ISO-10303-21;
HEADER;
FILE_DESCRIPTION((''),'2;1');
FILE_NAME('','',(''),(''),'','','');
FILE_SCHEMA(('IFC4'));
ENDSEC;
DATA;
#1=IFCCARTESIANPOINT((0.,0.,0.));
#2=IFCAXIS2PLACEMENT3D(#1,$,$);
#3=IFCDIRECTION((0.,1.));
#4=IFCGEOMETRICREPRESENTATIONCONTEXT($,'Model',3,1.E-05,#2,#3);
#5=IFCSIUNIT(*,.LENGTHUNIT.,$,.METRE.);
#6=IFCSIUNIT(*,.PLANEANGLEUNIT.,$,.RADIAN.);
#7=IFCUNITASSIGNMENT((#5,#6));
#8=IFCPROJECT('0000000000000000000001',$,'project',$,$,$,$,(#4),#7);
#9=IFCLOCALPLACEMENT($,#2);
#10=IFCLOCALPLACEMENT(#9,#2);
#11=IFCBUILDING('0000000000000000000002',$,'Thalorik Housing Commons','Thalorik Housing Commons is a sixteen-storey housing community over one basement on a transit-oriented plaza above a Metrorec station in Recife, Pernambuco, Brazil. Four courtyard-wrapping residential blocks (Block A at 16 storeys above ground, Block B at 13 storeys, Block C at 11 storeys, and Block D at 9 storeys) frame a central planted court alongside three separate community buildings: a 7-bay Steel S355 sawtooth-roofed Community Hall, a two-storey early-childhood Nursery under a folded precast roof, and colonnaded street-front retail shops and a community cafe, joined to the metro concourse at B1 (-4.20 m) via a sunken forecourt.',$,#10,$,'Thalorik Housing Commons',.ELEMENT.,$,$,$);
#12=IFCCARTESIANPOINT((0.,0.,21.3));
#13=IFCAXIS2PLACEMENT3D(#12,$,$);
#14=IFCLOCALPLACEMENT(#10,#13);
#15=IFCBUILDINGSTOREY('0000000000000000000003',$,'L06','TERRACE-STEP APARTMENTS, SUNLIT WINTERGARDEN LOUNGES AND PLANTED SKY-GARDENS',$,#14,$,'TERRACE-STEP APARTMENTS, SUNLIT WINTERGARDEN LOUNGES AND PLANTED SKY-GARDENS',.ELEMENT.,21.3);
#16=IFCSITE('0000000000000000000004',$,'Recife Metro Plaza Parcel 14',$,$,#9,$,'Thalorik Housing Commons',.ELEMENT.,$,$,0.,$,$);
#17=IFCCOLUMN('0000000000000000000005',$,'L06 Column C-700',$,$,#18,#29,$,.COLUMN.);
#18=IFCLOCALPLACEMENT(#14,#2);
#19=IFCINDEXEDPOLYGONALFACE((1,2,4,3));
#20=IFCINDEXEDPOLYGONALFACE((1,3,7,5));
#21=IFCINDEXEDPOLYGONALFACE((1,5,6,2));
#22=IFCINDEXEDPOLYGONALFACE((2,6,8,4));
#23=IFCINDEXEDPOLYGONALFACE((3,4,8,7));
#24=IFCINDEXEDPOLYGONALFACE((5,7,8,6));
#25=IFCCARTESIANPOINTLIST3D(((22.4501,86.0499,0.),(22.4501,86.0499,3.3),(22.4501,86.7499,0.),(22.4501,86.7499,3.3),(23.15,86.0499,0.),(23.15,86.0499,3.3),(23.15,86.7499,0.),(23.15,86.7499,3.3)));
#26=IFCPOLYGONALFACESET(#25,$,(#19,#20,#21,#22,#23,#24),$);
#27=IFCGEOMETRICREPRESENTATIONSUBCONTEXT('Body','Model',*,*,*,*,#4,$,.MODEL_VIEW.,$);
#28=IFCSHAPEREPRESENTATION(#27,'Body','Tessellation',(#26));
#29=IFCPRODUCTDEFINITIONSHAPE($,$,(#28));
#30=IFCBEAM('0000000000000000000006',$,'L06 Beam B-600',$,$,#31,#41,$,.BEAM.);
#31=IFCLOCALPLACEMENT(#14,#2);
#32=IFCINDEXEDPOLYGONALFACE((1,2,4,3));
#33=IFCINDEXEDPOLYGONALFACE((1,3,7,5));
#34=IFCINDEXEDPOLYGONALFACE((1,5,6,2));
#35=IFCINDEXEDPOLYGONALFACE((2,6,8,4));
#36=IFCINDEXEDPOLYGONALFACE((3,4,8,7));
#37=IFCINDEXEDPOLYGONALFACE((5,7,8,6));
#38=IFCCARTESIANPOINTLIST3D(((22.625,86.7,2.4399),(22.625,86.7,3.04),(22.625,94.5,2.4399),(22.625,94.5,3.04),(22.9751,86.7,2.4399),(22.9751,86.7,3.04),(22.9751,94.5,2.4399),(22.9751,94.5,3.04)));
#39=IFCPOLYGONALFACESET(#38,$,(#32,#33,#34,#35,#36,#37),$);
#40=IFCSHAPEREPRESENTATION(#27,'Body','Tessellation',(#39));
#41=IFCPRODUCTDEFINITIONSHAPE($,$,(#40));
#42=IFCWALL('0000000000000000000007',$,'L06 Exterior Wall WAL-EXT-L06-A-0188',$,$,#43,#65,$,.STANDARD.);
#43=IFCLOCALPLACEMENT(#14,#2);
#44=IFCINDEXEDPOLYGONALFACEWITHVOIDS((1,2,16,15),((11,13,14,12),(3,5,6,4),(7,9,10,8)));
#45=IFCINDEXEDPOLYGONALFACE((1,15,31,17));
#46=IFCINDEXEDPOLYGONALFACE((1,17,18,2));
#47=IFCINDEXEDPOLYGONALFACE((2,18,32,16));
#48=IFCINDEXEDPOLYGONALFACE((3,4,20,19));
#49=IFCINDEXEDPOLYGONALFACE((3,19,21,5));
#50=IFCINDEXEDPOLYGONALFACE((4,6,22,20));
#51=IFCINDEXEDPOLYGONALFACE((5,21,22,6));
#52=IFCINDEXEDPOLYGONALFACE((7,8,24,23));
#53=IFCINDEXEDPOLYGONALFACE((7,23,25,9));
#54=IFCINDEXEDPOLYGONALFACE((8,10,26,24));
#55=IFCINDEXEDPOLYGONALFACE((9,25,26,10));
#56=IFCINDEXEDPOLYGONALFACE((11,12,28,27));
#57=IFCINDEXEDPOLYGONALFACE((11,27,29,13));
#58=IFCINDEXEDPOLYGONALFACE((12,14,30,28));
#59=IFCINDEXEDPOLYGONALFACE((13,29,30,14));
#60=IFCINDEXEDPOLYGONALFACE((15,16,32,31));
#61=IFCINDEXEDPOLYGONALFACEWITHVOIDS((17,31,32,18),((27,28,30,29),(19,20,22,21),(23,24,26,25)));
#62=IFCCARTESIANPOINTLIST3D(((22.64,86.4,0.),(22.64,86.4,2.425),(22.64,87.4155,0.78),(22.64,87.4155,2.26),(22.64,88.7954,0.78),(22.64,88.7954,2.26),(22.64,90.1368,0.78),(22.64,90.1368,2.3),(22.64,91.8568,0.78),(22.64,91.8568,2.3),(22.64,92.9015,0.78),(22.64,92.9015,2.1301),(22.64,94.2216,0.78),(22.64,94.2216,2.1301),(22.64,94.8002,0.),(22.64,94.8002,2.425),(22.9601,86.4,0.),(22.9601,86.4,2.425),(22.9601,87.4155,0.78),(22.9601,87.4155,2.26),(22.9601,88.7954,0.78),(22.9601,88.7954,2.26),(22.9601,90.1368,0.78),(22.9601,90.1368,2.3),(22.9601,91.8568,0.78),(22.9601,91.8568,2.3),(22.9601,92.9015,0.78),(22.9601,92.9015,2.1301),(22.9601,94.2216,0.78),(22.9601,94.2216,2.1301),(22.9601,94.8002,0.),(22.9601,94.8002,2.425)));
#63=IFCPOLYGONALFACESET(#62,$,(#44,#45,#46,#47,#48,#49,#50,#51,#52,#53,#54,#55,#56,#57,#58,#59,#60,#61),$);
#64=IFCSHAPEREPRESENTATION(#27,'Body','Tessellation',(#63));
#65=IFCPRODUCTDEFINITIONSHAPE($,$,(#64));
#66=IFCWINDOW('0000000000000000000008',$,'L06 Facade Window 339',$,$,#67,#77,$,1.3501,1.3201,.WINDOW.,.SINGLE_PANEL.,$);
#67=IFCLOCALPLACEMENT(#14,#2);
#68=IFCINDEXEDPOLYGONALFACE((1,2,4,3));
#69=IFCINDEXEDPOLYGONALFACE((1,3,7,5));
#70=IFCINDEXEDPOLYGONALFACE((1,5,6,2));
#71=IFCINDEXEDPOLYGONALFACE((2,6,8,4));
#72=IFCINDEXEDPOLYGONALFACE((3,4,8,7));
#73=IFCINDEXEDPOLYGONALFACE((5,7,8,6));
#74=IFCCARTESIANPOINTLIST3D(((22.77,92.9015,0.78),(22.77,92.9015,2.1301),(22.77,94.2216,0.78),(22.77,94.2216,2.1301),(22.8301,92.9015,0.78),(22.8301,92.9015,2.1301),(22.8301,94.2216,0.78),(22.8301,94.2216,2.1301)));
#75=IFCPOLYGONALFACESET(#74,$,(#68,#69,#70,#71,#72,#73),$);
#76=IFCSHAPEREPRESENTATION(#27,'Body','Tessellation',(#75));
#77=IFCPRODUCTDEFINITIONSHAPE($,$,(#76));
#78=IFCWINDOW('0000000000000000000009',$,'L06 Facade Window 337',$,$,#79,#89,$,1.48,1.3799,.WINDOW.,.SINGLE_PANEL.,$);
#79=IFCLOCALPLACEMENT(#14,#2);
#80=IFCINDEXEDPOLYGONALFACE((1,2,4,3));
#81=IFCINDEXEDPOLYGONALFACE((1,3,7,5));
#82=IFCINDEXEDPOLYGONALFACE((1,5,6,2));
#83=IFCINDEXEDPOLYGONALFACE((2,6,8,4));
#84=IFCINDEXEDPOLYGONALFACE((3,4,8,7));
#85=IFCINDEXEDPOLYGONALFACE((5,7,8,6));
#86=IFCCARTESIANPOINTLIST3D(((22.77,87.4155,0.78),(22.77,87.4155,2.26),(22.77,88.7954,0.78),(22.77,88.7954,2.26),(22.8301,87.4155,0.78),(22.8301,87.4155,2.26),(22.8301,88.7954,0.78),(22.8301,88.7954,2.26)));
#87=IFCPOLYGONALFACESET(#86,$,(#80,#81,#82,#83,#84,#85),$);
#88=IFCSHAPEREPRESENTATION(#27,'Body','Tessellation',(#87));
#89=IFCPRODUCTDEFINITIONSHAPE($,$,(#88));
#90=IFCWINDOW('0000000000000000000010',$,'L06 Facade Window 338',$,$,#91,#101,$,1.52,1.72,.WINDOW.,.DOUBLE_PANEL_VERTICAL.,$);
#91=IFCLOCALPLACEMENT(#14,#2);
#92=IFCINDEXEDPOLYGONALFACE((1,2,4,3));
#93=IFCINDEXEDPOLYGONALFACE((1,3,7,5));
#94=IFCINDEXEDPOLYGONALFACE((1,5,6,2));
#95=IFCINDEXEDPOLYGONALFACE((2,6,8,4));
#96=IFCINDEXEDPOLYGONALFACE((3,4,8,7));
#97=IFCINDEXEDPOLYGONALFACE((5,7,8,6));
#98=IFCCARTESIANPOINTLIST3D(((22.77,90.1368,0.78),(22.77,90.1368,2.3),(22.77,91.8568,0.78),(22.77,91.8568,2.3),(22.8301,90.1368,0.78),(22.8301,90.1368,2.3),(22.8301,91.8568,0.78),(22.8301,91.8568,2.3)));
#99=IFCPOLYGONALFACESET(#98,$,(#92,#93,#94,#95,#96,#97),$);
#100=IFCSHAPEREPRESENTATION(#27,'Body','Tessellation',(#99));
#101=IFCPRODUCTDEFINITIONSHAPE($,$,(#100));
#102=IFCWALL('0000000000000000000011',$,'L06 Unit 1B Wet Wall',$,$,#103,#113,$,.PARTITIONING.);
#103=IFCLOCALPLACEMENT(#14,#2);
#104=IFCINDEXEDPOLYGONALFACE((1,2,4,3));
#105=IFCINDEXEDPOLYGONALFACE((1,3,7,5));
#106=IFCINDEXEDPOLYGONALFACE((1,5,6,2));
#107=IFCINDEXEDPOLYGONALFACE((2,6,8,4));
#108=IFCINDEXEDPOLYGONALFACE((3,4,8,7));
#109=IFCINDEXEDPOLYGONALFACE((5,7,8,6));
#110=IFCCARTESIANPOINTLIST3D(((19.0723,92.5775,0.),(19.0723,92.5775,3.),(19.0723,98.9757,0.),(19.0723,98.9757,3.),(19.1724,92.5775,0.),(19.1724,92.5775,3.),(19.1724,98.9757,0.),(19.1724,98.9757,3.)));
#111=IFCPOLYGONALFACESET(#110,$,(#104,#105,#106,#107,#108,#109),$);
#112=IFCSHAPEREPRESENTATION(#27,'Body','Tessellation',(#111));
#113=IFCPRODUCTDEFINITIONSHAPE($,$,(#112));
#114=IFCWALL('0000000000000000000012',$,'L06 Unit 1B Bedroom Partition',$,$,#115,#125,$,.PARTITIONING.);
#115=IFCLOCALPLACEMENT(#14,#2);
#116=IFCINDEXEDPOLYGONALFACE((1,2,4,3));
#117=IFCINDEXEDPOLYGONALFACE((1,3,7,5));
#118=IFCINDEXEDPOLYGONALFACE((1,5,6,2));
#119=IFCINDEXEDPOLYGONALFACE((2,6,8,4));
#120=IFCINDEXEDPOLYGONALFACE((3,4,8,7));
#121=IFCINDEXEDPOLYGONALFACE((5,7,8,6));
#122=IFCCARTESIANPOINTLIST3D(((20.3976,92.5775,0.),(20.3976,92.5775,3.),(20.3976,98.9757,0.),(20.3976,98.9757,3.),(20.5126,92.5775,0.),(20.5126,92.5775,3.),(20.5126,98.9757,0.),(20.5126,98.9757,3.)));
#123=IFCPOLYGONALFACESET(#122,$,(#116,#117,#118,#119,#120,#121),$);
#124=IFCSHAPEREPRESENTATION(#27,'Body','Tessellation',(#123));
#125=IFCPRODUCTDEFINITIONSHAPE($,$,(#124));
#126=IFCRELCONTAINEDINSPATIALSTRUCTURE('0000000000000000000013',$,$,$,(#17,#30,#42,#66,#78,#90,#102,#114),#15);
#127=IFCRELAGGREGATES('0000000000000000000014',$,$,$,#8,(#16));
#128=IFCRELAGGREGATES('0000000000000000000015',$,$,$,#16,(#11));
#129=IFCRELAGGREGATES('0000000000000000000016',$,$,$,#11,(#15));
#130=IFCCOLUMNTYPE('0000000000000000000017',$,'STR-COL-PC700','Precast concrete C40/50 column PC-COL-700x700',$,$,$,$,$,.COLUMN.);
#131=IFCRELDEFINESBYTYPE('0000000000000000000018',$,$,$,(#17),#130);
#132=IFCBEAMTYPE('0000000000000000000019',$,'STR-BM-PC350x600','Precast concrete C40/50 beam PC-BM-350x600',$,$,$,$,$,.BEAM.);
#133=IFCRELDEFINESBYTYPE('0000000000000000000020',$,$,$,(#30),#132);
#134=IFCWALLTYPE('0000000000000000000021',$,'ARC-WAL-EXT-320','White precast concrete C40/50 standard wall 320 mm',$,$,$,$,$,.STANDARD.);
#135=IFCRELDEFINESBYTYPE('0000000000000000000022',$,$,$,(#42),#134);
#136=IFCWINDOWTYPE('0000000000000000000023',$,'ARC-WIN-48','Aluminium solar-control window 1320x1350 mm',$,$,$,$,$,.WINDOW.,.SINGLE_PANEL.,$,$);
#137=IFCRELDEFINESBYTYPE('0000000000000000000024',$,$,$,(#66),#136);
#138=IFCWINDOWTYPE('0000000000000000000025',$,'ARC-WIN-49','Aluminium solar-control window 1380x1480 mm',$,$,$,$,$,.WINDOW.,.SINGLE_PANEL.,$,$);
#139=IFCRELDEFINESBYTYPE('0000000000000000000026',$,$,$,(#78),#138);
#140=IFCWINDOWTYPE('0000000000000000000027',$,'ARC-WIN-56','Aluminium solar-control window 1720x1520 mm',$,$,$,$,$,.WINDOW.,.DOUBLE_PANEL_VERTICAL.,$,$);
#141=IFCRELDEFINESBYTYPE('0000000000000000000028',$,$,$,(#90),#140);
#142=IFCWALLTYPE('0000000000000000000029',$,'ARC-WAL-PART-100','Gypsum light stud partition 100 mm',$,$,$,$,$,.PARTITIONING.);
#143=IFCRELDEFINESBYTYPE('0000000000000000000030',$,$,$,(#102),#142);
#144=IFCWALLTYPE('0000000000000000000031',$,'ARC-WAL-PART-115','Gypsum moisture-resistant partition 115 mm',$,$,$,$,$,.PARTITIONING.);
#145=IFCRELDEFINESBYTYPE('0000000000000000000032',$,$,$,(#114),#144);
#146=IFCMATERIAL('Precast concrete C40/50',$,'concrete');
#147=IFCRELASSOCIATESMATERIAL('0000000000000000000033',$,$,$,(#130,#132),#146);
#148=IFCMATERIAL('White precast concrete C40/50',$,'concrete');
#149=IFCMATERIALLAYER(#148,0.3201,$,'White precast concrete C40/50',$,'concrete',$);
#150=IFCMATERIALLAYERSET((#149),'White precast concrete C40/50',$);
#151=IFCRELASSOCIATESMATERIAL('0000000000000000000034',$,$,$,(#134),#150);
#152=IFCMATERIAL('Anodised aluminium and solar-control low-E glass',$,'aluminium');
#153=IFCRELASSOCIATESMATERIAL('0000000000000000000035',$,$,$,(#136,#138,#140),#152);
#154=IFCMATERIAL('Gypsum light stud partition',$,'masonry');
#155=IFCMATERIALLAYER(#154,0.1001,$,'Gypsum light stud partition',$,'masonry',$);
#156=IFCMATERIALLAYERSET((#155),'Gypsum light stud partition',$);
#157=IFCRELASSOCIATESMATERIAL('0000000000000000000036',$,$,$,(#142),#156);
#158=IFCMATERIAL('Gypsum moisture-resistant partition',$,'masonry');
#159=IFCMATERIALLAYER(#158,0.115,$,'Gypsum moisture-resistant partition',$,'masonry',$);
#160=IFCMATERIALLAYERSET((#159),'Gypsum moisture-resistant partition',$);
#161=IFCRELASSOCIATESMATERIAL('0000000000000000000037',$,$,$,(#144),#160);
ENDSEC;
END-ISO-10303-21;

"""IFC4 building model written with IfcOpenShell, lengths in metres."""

from ifc_helpers import new_model, si_unit, direction, frame, frame_2d, origin, origin_2d, place, context, subcontext, project, spatial, rectangle, extrude, material, layer, layer_set, material_profile, profile_set, type_object, element, fill, save


model = new_model("IFC4")

# Units and contexts
model_context = context("Model", 3, precision=1e-05, world=origin(), true_north=direction((0.0, 1.0)))
body_context = subcontext(model_context, "Body", "Model", "MODEL_VIEW")
ifc_project = project(units=[si_unit("LENGTHUNIT", "METRE"), si_unit("PLANEANGLEUNIT", "RADIAN")], contexts=[model_context])

# Site, building, storey
site_placement = place(None, origin())
site = spatial("IfcSite", under=ifc_project, at=site_placement, Name="Recife Metro Plaza Parcel 14", LongName="Thalorik Housing Commons", CompositionType="ELEMENT", RefElevation=0.0)
building_placement = place(site_placement, origin())
building = spatial("IfcBuilding", under=site, at=building_placement, Name="Thalorik Housing Commons", Description="Thalorik Housing Commons is a sixteen-storey housing community over one basement on a transit-oriented plaza above a Metrorec station in Recife, Pernambuco, Brazil. Four courtyard-wrapping residential blocks (Block A at 16 storeys above ground, Block B at 13 storeys, Block C at 11 storeys, and Block D at 9 storeys) frame a central planted court alongside three separate community buildings: a 7-bay Steel S355 sawtooth-roofed Community Hall, a two-storey early-childhood Nursery under a folded precast roof, and colonnaded street-front retail shops and a community cafe, joined to the metro concourse at B1 (-4.20 m) via a sunken forecourt.", LongName="Thalorik Housing Commons", CompositionType="ELEMENT")
storey_placement = place(building_placement, frame((0.0, 0.0, 21.3)))
storey = spatial("IfcBuildingStorey", under=building, at=storey_placement, Name="L06", Description="TERRACE-STEP APARTMENTS, SUNLIT WINTERGARDEN LOUNGES AND PLANTED SKY-GARDENS", LongName="TERRACE-STEP APARTMENTS, SUNLIT WINTERGARDEN LOUNGES AND PLANTED SKY-GARDENS", CompositionType="ELEMENT", Elevation=21.3)

# Column
ifc_material_1 = material(Name="Precast concrete C40/50", Category="concrete")
ifc_material_profile_1 = material_profile(ifc_material_1, rectangle(XDim=0.7, YDim=0.7, at=origin_2d()), Name="PC 700x700", Category="concrete")
ifc_profile_set_1 = profile_set([ifc_material_profile_1], Name="Precast concrete C40/50")
column_type = type_object("IfcColumnType", Name="STR-COL-PC700", Description="Precast concrete C40/50 column PC-COL-700x700", PredefinedType="COLUMN", material=ifc_profile_set_1)
column_placement = place(storey_placement, frame((22.8, 86.3999, 0.0), z_axis=(0.0, 0.0, 1.0), x_axis=(1.0, 0.0, 0.0)))
element("IfcColumn", 1, at=column_placement, inside=storey, type_object=column_type, Name="L06 Column C-700", PredefinedType="COLUMN", context=body_context, shape_type="SweptSolid", body=[
    extrude(rectangle(XDim=0.7, YDim=0.7, at=origin_2d()), origin(), (0.0, 0.0, 1.0), 3.3),
])

# Beam
ifc_material_profile_2 = material_profile(ifc_material_1, rectangle(XDim=0.3501, YDim=0.6001, at=origin_2d()), Name="PC 350x600", Category="concrete")
ifc_profile_set_2 = profile_set([ifc_material_profile_2], Name="Precast concrete C40/50")
beam_type = type_object("IfcBeamType", Name="STR-BM-PC350x600", Description="Precast concrete C40/50 beam PC-BM-350x600", PredefinedType="BEAM", material=ifc_profile_set_2)
beam_placement = place(storey_placement, frame((22.8, 86.7, 2.74), z_axis=(0.0, 1.0, 0.0), x_axis=(-1.0, 0.0, 0.0)))
element("IfcBeam", 2, at=beam_placement, inside=storey, type_object=beam_type, Name="L06 Beam B-600", PredefinedType="BEAM", context=body_context, shape_type="SweptSolid", body=[
    extrude(rectangle(XDim=0.3501, YDim=0.6001, at=origin_2d()), origin(), (0.0, 0.0, 1.0), 7.8),
])

# Wall, openings, windows
ifc_material_2 = material(Name="White precast concrete C40/50", Category="concrete")
ifc_layer_1 = layer(ifc_material_2, 0.3201, Name="White precast concrete C40/50", Category="concrete")
ifc_layer_set_1 = layer_set([ifc_layer_1], Name="White precast concrete C40/50")
wall_type_1 = type_object("IfcWallType", Name="ARC-WAL-EXT-320", Description="White precast concrete C40/50 standard wall 320 mm", PredefinedType="STANDARD", material=ifc_layer_set_1)
wall_1_placement = place(storey_placement, frame((22.8, 86.3999, 0.0), z_axis=(0.0, 0.0, 1.0), x_axis=(0.0, 1.0, 0.0)))
wall_1 = element("IfcWall", 3, at=wall_1_placement, inside=storey, type_object=wall_type_1, Name="L06 Exterior Wall WAL-EXT-L06-A-0188", PredefinedType="STANDARD", context=body_context, shape_type="SweptSolid", body=[
    extrude(rectangle(XDim=8.4001, YDim=0.3201, at=frame_2d((4.2002, 0.0))), origin(), (0.0, 0.0, 1.0), 2.425),
])
opening_1_placement = place(wall_1_placement, frame((1.0156, 0.0, 0.78)))
opening_1 = element("IfcOpeningElement", 4, at=opening_1_placement, cuts=wall_1, PredefinedType="OPENING", context=body_context, shape_type="SweptSolid", body=[
    extrude(rectangle(XDim=1.3799, YDim=1.48, at=frame_2d((0.6899, 0.74))), frame((0.0, 0.1699, 0.0), z_axis=(0.0, -1.0, 0.0), x_axis=(1.0, 0.0, 0.0)), (0.0, 0.0, 1.0), 0.3401),
])
opening_2_placement = place(wall_1_placement, frame((3.7371, 0.0, 0.78)))
opening_2 = element("IfcOpeningElement", 5, at=opening_2_placement, cuts=wall_1, PredefinedType="OPENING", context=body_context, shape_type="SweptSolid", body=[
    extrude(rectangle(XDim=1.72, YDim=1.52, at=frame_2d((0.8599, 0.76))), frame((0.0, 0.1699, 0.0), z_axis=(0.0, -1.0, 0.0), x_axis=(1.0, 0.0, 0.0)), (0.0, 0.0, 1.0), 0.3401),
])
opening_3_placement = place(wall_1_placement, frame((6.5015, 0.0, 0.78)))
opening_3 = element("IfcOpeningElement", 6, at=opening_3_placement, cuts=wall_1, PredefinedType="OPENING", context=body_context, shape_type="SweptSolid", body=[
    extrude(rectangle(XDim=1.3201, YDim=1.3501, at=frame_2d((0.6602, 0.675))), frame((0.0, 0.1699, 0.0), z_axis=(0.0, -1.0, 0.0), x_axis=(1.0, 0.0, 0.0)), (0.0, 0.0, 1.0), 0.3401),
])
ifc_material_3 = material(Name="Anodised aluminium and solar-control low-E glass", Category="aluminium")
window_type_1 = type_object("IfcWindowType", Name="ARC-WIN-48", Description="Aluminium solar-control window 1320x1350 mm", PartitioningType="SINGLE_PANEL", PredefinedType="WINDOW", material=ifc_material_3)
window_1_placement = place(opening_3_placement, origin())
window_1 = element("IfcWindow", 7, at=window_1_placement, inside=storey, type_object=window_type_1, Name="L06 Facade Window 339", OverallHeight=1.3501, OverallWidth=1.3201, PartitioningType="SINGLE_PANEL", PredefinedType="WINDOW", context=body_context, shape_type="SweptSolid", body=[
    extrude(rectangle(XDim=1.3201, YDim=1.3501, at=frame_2d((0.6602, 0.675))), frame((0.0, 0.03, 0.0), z_axis=(0.0, -1.0, 0.0), x_axis=(1.0, 0.0, 0.0)), (0.0, 0.0, 1.0), 0.0601),
])
fill(opening_3, window_1)
window_type_2 = type_object("IfcWindowType", Name="ARC-WIN-49", Description="Aluminium solar-control window 1380x1480 mm", PartitioningType="SINGLE_PANEL", PredefinedType="WINDOW", material=ifc_material_3)
window_2_placement = place(opening_1_placement, origin())
window_2 = element("IfcWindow", 8, at=window_2_placement, inside=storey, type_object=window_type_2, Name="L06 Facade Window 337", OverallHeight=1.48, OverallWidth=1.3799, PartitioningType="SINGLE_PANEL", PredefinedType="WINDOW", context=body_context, shape_type="SweptSolid", body=[
    extrude(rectangle(XDim=1.3799, YDim=1.48, at=frame_2d((0.6899, 0.74))), frame((0.0, 0.03, 0.0), z_axis=(0.0, -1.0, 0.0), x_axis=(1.0, 0.0, 0.0)), (0.0, 0.0, 1.0), 0.0601),
])
fill(opening_1, window_2)
window_type_3 = type_object("IfcWindowType", Name="ARC-WIN-56", Description="Aluminium solar-control window 1720x1520 mm", PartitioningType="DOUBLE_PANEL_VERTICAL", PredefinedType="WINDOW", material=ifc_material_3)
window_3_placement = place(opening_2_placement, origin())
window_3 = element("IfcWindow", 9, at=window_3_placement, inside=storey, type_object=window_type_3, Name="L06 Facade Window 338", OverallHeight=1.52, OverallWidth=1.72, PartitioningType="DOUBLE_PANEL_VERTICAL", PredefinedType="WINDOW", context=body_context, shape_type="SweptSolid", body=[
    extrude(rectangle(XDim=1.72, YDim=1.52, at=frame_2d((0.8599, 0.76))), frame((0.0, 0.03, 0.0), z_axis=(0.0, -1.0, 0.0), x_axis=(1.0, 0.0, 0.0)), (0.0, 0.0, 1.0), 0.0601),
])
fill(opening_2, window_3)

# Walls
ifc_material_4 = material(Name="Gypsum light stud partition", Category="masonry")
ifc_layer_2 = layer(ifc_material_4, 0.1001, Name="Gypsum light stud partition", Category="masonry")
ifc_layer_set_2 = layer_set([ifc_layer_2], Name="Gypsum light stud partition")
wall_type_2 = type_object("IfcWallType", Name="ARC-WAL-PART-100", Description="Gypsum light stud partition 100 mm", PredefinedType="PARTITIONING", material=ifc_layer_set_2)
wall_2_placement = place(storey_placement, frame((19.1223, 92.5774, 0.0), z_axis=(0.0, 0.0, 1.0), x_axis=(0.0, 1.0, 0.0)))
element("IfcWall", 10, at=wall_2_placement, inside=storey, type_object=wall_type_2, Name="L06 Unit 1B Wet Wall", PredefinedType="PARTITIONING", context=body_context, shape_type="SweptSolid", body=[
    extrude(rectangle(XDim=6.3982, YDim=0.1001, at=frame_2d((3.1992, 0.0))), origin(), (0.0, 0.0, 1.0), 3.0),
])
ifc_material_5 = material(Name="Gypsum moisture-resistant partition", Category="masonry")
ifc_layer_3 = layer(ifc_material_5, 0.115, Name="Gypsum moisture-resistant partition", Category="masonry")
ifc_layer_set_3 = layer_set([ifc_layer_3], Name="Gypsum moisture-resistant partition")
wall_type_3 = type_object("IfcWallType", Name="ARC-WAL-PART-115", Description="Gypsum moisture-resistant partition 115 mm", PredefinedType="PARTITIONING", material=ifc_layer_set_3)
wall_3_placement = place(storey_placement, frame((20.4551, 92.5774, 0.0), z_axis=(0.0, 0.0, 1.0), x_axis=(0.0, 1.0, 0.0)))
element("IfcWall", 11, at=wall_3_placement, inside=storey, type_object=wall_type_3, Name="L06 Unit 1B Bedroom Partition", PredefinedType="PARTITIONING", context=body_context, shape_type="SweptSolid", body=[
    extrude(rectangle(XDim=6.3982, YDim=0.115, at=frame_2d((3.1992, 0.0))), origin(), (0.0, 0.0, 1.0), 3.0),
])

save(model, "model.ifc")
